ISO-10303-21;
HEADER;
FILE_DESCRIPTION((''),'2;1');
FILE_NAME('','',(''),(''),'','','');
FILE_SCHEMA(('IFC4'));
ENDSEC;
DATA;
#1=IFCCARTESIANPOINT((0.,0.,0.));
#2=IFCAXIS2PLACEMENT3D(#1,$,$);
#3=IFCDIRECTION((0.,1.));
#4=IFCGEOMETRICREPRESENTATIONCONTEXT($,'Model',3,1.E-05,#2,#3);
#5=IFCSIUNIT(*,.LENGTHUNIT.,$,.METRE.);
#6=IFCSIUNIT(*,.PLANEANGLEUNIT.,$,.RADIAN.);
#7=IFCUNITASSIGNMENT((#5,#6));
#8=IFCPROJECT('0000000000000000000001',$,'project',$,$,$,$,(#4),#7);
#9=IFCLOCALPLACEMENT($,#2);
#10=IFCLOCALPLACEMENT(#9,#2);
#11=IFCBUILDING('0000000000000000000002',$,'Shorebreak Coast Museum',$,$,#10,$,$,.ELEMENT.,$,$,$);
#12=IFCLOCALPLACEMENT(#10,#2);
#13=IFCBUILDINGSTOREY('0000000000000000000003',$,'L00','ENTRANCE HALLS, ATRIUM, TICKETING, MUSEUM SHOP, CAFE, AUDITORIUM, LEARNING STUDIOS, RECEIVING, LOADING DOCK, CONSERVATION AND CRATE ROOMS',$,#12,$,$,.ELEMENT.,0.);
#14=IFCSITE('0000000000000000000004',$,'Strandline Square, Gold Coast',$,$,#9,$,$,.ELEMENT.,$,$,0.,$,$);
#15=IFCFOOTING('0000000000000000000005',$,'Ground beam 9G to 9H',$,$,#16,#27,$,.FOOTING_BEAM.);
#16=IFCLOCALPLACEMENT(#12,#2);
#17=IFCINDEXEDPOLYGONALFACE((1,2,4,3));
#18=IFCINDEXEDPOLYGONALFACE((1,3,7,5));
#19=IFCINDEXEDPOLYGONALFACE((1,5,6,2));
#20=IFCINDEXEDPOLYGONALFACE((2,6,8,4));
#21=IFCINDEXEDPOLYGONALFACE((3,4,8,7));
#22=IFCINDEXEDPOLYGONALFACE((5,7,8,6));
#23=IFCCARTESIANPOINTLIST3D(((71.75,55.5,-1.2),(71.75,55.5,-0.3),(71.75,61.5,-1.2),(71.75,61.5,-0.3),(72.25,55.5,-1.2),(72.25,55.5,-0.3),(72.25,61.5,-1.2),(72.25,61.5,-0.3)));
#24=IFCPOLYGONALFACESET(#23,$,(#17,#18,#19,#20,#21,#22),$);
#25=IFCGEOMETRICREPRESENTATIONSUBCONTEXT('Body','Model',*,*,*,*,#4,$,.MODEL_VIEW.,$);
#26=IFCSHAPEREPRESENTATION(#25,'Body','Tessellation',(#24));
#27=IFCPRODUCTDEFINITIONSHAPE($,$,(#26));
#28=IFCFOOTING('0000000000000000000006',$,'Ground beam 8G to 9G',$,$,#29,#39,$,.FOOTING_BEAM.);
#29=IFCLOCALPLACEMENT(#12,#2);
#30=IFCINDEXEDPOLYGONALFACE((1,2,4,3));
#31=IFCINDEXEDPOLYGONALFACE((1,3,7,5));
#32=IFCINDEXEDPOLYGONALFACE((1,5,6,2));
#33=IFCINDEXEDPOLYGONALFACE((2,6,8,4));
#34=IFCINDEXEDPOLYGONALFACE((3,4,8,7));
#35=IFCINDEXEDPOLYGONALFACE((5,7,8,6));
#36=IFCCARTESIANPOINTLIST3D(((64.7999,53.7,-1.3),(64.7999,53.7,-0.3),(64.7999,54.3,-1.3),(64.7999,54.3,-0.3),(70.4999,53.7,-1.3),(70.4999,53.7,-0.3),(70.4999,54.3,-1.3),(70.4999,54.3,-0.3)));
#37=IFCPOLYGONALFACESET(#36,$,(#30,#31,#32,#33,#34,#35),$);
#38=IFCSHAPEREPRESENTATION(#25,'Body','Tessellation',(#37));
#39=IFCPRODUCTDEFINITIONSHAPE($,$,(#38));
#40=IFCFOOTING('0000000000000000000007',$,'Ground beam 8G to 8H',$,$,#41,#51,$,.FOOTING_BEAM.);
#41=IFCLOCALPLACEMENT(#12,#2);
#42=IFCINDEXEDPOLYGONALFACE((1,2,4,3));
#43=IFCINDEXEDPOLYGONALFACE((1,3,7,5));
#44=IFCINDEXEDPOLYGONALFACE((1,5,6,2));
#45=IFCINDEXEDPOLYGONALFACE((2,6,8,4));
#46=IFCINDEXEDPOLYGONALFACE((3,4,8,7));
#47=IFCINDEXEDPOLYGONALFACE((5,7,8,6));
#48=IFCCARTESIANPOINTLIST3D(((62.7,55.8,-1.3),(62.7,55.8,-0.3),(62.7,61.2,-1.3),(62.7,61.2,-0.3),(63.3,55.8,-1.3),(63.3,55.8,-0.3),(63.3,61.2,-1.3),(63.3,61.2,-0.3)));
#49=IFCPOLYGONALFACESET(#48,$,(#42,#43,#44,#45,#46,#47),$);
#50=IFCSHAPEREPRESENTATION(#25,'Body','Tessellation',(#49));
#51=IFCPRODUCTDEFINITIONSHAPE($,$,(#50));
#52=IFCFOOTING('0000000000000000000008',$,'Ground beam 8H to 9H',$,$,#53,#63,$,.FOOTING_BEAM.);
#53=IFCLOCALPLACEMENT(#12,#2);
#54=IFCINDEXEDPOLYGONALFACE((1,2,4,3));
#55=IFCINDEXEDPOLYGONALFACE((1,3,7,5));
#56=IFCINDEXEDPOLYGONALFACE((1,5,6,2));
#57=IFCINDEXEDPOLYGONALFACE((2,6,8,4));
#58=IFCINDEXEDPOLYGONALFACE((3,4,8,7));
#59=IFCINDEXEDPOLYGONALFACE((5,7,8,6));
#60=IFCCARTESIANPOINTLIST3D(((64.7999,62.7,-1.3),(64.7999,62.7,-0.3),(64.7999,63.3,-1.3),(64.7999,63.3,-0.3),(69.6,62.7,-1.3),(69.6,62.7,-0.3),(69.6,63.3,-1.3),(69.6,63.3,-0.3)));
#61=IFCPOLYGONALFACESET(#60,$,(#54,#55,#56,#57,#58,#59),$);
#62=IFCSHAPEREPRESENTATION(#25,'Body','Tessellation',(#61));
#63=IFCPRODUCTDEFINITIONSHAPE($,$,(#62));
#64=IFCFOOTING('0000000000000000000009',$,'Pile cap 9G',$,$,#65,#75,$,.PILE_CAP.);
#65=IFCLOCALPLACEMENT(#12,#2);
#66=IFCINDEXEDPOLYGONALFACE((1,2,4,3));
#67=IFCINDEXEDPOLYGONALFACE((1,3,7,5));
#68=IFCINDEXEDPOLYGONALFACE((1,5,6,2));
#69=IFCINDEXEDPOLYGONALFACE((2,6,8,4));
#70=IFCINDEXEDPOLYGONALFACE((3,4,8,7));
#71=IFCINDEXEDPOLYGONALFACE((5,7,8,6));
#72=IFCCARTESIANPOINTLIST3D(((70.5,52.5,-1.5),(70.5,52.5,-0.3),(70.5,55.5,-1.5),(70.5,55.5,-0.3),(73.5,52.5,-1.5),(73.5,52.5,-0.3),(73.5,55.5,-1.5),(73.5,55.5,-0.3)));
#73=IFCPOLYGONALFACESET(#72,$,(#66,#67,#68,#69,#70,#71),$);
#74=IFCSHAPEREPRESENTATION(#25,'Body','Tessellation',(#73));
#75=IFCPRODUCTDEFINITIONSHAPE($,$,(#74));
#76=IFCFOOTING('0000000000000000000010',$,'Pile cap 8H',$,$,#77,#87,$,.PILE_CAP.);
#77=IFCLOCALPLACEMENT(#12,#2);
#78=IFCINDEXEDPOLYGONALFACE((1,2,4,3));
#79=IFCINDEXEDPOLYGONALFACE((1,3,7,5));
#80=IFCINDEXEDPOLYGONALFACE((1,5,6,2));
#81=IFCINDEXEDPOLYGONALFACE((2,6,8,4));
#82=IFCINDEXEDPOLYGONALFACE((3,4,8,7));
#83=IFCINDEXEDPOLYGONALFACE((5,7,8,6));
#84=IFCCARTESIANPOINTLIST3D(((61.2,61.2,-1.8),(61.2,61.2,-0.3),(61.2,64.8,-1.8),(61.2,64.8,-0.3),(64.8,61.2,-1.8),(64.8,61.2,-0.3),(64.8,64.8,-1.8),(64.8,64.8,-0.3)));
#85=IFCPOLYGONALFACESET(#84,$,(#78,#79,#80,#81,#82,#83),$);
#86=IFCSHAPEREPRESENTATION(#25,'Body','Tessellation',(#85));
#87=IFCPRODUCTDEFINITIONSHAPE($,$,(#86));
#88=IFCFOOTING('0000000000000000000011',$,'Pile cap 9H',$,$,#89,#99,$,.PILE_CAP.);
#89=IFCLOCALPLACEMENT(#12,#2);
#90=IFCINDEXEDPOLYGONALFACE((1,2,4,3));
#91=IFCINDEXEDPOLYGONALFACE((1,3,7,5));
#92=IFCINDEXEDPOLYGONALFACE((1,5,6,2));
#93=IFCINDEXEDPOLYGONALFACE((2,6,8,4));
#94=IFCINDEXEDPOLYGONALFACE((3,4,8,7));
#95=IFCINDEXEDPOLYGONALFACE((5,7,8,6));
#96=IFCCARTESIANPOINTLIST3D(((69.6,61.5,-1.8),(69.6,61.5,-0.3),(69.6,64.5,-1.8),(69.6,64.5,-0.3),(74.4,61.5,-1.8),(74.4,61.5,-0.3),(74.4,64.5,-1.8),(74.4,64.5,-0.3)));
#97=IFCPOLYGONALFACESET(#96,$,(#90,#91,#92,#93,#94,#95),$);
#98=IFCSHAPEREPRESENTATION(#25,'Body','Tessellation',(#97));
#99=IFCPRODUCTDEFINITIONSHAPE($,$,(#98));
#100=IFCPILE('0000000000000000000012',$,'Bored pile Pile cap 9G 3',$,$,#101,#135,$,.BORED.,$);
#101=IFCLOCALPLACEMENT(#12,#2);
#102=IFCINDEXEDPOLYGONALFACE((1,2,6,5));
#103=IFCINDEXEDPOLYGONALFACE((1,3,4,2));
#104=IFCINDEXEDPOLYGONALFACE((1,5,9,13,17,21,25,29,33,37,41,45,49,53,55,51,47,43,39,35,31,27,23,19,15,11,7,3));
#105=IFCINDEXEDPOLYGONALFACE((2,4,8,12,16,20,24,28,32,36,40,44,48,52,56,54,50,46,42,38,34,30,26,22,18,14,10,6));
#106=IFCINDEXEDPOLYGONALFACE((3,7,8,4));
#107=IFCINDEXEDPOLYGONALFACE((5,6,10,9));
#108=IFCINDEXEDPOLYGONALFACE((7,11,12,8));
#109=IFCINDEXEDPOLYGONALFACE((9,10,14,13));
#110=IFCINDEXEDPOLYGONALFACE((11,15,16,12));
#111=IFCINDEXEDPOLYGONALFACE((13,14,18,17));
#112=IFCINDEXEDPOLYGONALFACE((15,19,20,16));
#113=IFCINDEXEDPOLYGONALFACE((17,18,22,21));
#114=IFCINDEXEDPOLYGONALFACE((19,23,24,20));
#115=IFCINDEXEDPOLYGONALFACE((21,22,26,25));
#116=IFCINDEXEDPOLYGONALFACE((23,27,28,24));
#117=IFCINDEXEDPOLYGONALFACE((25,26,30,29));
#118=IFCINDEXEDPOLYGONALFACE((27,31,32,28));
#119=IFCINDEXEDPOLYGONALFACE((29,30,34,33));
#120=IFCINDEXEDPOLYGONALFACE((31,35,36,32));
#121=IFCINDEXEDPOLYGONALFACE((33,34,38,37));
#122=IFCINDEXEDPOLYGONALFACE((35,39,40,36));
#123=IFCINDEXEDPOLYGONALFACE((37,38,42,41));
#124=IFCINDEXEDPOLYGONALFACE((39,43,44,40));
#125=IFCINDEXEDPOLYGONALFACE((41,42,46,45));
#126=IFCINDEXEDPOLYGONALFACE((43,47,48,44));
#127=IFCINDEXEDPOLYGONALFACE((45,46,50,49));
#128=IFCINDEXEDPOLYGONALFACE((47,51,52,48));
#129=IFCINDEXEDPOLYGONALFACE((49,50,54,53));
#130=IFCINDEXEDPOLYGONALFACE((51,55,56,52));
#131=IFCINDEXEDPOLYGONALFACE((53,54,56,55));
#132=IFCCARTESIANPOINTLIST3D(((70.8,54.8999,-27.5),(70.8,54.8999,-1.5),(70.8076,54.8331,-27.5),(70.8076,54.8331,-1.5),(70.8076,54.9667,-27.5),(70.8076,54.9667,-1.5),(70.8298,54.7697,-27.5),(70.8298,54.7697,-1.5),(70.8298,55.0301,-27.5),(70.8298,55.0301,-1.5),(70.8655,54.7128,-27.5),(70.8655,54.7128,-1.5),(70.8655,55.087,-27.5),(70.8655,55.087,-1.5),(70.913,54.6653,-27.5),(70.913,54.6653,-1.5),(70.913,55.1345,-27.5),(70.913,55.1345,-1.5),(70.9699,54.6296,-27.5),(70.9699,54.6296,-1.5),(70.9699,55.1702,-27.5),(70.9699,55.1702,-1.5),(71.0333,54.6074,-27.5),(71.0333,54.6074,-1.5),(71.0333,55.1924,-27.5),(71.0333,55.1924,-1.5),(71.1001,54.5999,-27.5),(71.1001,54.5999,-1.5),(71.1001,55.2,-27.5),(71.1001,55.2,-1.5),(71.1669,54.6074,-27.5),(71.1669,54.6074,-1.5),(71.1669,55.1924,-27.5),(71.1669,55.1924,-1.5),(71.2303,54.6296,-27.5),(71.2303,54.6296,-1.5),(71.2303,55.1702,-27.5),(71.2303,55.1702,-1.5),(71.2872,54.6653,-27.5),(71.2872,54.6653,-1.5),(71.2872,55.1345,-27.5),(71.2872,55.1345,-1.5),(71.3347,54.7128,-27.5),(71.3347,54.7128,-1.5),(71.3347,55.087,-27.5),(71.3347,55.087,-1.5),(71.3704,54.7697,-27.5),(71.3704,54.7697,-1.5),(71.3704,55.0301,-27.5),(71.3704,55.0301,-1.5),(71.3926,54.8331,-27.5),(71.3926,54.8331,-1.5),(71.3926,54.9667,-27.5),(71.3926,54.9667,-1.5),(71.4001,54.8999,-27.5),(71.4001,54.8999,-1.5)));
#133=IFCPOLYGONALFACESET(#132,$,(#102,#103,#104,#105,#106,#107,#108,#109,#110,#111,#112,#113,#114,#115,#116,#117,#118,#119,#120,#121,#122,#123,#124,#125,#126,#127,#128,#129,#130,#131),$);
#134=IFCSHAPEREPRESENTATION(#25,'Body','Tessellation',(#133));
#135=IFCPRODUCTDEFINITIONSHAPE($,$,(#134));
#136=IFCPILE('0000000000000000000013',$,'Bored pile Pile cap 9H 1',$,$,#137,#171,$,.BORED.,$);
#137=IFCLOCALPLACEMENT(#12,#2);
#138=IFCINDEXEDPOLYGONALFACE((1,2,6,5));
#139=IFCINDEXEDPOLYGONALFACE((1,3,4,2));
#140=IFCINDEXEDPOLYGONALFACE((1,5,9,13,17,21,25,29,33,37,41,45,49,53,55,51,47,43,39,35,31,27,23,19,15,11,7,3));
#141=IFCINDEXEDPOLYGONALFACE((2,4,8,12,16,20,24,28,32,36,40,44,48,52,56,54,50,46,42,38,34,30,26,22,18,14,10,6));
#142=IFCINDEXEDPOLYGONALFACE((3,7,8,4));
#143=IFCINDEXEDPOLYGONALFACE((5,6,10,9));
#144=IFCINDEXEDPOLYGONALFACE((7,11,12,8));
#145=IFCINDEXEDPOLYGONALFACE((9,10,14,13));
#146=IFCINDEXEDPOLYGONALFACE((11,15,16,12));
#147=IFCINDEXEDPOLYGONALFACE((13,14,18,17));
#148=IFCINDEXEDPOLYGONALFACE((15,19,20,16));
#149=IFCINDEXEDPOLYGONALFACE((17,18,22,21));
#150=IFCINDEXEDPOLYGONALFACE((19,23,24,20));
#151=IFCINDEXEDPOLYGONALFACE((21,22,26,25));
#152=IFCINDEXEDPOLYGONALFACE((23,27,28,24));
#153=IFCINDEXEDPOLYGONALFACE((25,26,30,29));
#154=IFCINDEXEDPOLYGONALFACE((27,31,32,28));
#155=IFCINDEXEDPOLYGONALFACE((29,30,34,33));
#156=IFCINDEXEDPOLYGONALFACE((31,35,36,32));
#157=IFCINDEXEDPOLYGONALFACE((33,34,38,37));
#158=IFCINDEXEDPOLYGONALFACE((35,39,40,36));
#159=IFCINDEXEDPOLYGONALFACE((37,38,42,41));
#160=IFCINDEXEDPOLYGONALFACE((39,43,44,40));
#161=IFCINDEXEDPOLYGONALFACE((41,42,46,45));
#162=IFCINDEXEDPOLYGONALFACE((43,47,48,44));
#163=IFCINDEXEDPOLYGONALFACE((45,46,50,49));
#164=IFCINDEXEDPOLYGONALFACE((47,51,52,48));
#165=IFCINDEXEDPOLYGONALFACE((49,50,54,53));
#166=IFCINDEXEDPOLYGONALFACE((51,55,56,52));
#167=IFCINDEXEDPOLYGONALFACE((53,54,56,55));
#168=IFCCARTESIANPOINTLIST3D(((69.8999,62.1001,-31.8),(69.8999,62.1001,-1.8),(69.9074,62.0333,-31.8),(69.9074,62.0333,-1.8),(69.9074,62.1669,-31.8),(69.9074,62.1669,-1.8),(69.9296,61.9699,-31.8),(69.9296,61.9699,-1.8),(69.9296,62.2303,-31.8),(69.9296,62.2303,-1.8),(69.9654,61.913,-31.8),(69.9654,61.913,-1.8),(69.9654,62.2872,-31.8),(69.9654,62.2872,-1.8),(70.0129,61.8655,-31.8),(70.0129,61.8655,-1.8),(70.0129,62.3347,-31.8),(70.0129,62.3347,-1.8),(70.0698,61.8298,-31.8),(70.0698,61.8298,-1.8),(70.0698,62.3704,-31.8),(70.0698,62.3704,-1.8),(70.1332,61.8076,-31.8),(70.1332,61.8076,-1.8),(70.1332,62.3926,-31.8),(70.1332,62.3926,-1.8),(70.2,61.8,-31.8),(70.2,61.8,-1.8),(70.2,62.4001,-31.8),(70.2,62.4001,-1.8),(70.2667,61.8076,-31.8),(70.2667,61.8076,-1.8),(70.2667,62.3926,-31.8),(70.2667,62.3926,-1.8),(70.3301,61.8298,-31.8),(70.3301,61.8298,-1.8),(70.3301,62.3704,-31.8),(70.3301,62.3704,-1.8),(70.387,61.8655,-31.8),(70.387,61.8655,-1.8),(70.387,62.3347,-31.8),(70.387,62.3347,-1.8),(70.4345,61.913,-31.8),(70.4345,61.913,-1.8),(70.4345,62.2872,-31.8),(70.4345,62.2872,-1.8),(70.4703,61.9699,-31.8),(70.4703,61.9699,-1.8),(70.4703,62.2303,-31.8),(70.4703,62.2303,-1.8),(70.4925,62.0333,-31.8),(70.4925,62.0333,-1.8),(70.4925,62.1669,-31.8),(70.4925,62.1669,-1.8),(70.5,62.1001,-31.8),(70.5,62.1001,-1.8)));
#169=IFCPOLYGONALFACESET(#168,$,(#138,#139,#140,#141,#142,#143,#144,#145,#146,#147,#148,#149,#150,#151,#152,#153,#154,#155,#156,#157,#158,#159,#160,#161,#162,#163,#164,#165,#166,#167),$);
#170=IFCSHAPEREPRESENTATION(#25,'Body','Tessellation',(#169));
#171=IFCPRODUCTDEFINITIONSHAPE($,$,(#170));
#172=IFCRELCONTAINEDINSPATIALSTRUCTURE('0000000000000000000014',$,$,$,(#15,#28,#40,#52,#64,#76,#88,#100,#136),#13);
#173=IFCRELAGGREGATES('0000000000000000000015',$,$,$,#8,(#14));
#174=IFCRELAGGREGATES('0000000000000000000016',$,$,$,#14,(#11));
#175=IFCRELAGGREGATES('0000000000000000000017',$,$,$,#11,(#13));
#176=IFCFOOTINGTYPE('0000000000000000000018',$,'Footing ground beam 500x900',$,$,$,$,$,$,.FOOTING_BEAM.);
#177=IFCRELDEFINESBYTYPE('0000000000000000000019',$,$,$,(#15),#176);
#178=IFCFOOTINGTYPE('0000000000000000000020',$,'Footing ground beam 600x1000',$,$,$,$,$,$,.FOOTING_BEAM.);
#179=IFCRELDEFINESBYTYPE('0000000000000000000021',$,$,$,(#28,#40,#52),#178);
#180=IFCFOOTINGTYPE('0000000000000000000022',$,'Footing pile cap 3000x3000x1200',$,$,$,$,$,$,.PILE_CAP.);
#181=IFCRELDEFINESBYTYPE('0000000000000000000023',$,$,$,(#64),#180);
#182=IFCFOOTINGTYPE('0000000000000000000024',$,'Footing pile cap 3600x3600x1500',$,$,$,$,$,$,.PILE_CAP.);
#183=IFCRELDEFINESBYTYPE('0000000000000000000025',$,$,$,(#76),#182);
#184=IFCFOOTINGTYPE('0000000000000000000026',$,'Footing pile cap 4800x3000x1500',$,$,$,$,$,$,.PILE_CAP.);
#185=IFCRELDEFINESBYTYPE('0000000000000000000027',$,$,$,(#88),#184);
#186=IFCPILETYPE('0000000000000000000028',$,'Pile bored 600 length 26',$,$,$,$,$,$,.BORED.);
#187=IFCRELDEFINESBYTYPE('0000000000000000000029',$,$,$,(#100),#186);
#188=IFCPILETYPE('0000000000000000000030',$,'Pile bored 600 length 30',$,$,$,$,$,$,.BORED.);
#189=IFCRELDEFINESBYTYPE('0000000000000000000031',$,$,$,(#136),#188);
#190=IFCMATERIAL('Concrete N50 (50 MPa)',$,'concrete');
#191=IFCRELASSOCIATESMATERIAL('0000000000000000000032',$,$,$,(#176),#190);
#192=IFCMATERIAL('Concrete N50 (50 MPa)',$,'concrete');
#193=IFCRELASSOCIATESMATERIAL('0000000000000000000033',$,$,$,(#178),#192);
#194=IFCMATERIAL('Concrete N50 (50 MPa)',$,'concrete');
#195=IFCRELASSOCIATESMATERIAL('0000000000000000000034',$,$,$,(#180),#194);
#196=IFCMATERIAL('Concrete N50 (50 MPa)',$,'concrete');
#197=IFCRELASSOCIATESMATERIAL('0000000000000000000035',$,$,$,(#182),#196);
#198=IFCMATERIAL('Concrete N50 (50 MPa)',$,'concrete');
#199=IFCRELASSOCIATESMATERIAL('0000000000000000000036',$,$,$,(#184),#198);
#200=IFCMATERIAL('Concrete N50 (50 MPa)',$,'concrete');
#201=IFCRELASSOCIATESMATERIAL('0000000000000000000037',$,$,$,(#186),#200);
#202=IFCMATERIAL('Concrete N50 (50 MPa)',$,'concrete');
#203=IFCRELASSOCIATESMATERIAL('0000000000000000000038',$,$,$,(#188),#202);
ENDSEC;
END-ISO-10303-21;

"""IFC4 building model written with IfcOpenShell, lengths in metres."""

from ifc_helpers import new_model, si_unit, direction, frame, origin, origin_2d, place, context, subcontext, project, spatial, rectangle, circle, extrude, material, material_profile, profile_set, type_object, element, save


model = new_model("IFC4")

# Units and contexts
model_context = context("Model", 3, precision=1e-05, world=origin(), true_north=direction((0.0, 1.0)))
body_context = subcontext(model_context, "Body", "Model", "MODEL_VIEW")
ifc_project = project(units=[si_unit("LENGTHUNIT", "METRE"), si_unit("PLANEANGLEUNIT", "RADIAN")], contexts=[model_context])

# Site, building, storey
site_placement = place(None, origin())
site = spatial("IfcSite", under=ifc_project, at=site_placement, Name="Strandline Square, Gold Coast", CompositionType="ELEMENT", RefElevation=0.0)
building_placement = place(site_placement, origin())
building = spatial("IfcBuilding", under=site, at=building_placement, Name="Shorebreak Coast Museum", CompositionType="ELEMENT")
storey_placement = place(building_placement, origin())
storey = spatial("IfcBuildingStorey", under=building, at=storey_placement, Name="L00", Description="ENTRANCE HALLS, ATRIUM, TICKETING, MUSEUM SHOP, CAFE, AUDITORIUM, LEARNING STUDIOS, RECEIVING, LOADING DOCK, CONSERVATION AND CRATE ROOMS", CompositionType="ELEMENT", Elevation=0.0)

# Footings
ifc_material_1 = material(Name="Concrete N50 (50 MPa)", Category="concrete")
footing_type_1 = type_object("IfcFootingType", Name="Footing ground beam 500x900", PredefinedType="FOOTING_BEAM", material=ifc_material_1)
footing_1_placement = place(storey_placement, frame((72.0, 58.5, -1.2), z_axis=(0.0, 0.0, 1.0), x_axis=(1.0, 0.0, 0.0)))
element("IfcFooting", 1, at=footing_1_placement, inside=storey, type_object=footing_type_1, Name="Ground beam 9G to 9H", PredefinedType="FOOTING_BEAM", context=body_context, shape_type="SweptSolid", body=[
    extrude(rectangle(XDim=0.5, YDim=6.0, at=origin_2d()), origin(), (0.0, 0.0, 1.0), 0.8999),
])
ifc_material_2 = material(Name="Concrete N50 (50 MPa)", Category="concrete")
footing_type_2 = type_object("IfcFootingType", Name="Footing ground beam 600x1000", PredefinedType="FOOTING_BEAM", material=ifc_material_2)
footing_2_placement = place(storey_placement, frame((67.6499, 54.0, -1.3), z_axis=(0.0, 0.0, 1.0), x_axis=(1.0, 0.0, 0.0)))
element("IfcFooting", 2, at=footing_2_placement, inside=storey, type_object=footing_type_2, Name="Ground beam 8G to 9G", PredefinedType="FOOTING_BEAM", context=body_context, shape_type="SweptSolid", body=[
    extrude(rectangle(XDim=5.7, YDim=0.6001, at=origin_2d()), origin(), (0.0, 0.0, 1.0), 1.0),
])
footing_3_placement = place(storey_placement, frame((63.0, 58.5, -1.3), z_axis=(0.0, 0.0, 1.0), x_axis=(1.0, 0.0, 0.0)))
element("IfcFooting", 3, at=footing_3_placement, inside=storey, type_object=footing_type_2, Name="Ground beam 8G to 8H", PredefinedType="FOOTING_BEAM", context=body_context, shape_type="SweptSolid", body=[
    extrude(rectangle(XDim=0.6001, YDim=5.3999, at=origin_2d()), origin(), (0.0, 0.0, 1.0), 1.0),
])
footing_4_placement = place(storey_placement, frame((67.2, 63.0, -1.3), z_axis=(0.0, 0.0, 1.0), x_axis=(1.0, 0.0, 0.0)))
element("IfcFooting", 4, at=footing_4_placement, inside=storey, type_object=footing_type_2, Name="Ground beam 8H to 9H", PredefinedType="FOOTING_BEAM", context=body_context, shape_type="SweptSolid", body=[
    extrude(rectangle(XDim=4.8, YDim=0.6001, at=origin_2d()), origin(), (0.0, 0.0, 1.0), 1.0),
])
ifc_material_3 = material(Name="Concrete N50 (50 MPa)", Category="concrete")
footing_type_3 = type_object("IfcFootingType", Name="Footing pile cap 3000x3000x1200", PredefinedType="PILE_CAP", material=ifc_material_3)
footing_5_placement = place(storey_placement, frame((72.0, 54.0, -1.5), z_axis=(0.0, 0.0, 1.0), x_axis=(1.0, 0.0, 0.0)))
element("IfcFooting", 5, at=footing_5_placement, inside=storey, type_object=footing_type_3, Name="Pile cap 9G", PredefinedType="PILE_CAP", context=body_context, shape_type="SweptSolid", body=[
    extrude(rectangle(XDim=3.0, YDim=3.0, at=origin_2d()), origin(), (0.0, 0.0, 1.0), 1.2),
])
ifc_material_4 = material(Name="Concrete N50 (50 MPa)", Category="concrete")
footing_type_4 = type_object("IfcFootingType", Name="Footing pile cap 3600x3600x1500", PredefinedType="PILE_CAP", material=ifc_material_4)
footing_6_placement = place(storey_placement, frame((63.0, 63.0, -1.8), z_axis=(0.0, 0.0, 1.0), x_axis=(1.0, 0.0, 0.0)))
element("IfcFooting", 6, at=footing_6_placement, inside=storey, type_object=footing_type_4, Name="Pile cap 8H", PredefinedType="PILE_CAP", context=body_context, shape_type="SweptSolid", body=[
    extrude(rectangle(XDim=3.6001, YDim=3.6001, at=origin_2d()), origin(), (0.0, 0.0, 1.0), 1.5),
])
ifc_material_5 = material(Name="Concrete N50 (50 MPa)", Category="concrete")
footing_type_5 = type_object("IfcFootingType", Name="Footing pile cap 4800x3000x1500", PredefinedType="PILE_CAP", material=ifc_material_5)
footing_7_placement = place(storey_placement, frame((72.0, 63.0, -1.8), z_axis=(0.0, 0.0, 1.0), x_axis=(1.0, 0.0, 0.0)))
element("IfcFooting", 7, at=footing_7_placement, inside=storey, type_object=footing_type_5, Name="Pile cap 9H", PredefinedType="PILE_CAP", context=body_context, shape_type="SweptSolid", body=[
    extrude(rectangle(XDim=4.8, YDim=3.0, at=origin_2d()), origin(), (0.0, 0.0, 1.0), 1.5),
])

# Piles
ifc_material_6 = material(Name="Concrete N50 (50 MPa)", Category="concrete")
ifc_material_profile_1 = material_profile(ifc_material_6, circle(Radius=0.3, at=origin_2d()), Name="Pile bored 600 length 26")
ifc_profile_set_1 = profile_set([ifc_material_profile_1], Name="Concrete N50 (50 MPa)")
pile_type_1 = type_object("IfcPileType", Name="Pile bored 600 length 26", PredefinedType="BORED", material=ifc_profile_set_1)
pile_placement = place(storey_placement, frame((71.1001, 54.8999, -1.5), z_axis=(0.0, 0.0, -1.0), x_axis=(1.0, 0.0, 0.0)))
element("IfcPile", 8, at=pile_placement, inside=storey, type_object=pile_type_1, Name="Bored pile Pile cap 9G 3", PredefinedType="BORED", context=body_context, shape_type="SweptSolid", body=[
    extrude(circle(Radius=0.3, at=origin_2d()), origin(), (0.0, 0.0, 1.0), 26.0),
])
ifc_material_7 = material(Name="Concrete N50 (50 MPa)", Category="concrete")
ifc_material_profile_2 = material_profile(ifc_material_7, circle(Radius=0.3, at=origin_2d()), Name="Pile bored 600 length 30")
ifc_profile_set_2 = profile_set([ifc_material_profile_2], Name="Concrete N50 (50 MPa)")
pile_type_2 = type_object("IfcPileType", Name="Pile bored 600 length 30", PredefinedType="BORED", material=ifc_profile_set_2)
for number, where, z_axis, x_axis, name in (
    (9, (70.2, 62.1001, -1.8), (0.0, 0.0, -1.0), (1.0, 0.0, 0.0), "Bored pile Pile cap 9H 1"),
):
    element("IfcPile", number, at=place(storey_placement, frame(where, z_axis=z_axis, x_axis=x_axis)), inside=storey, type_object=pile_type_2, Name=name, PredefinedType="BORED", context=body_context, shape_type="SweptSolid", body=[
        extrude(circle(Radius=0.3, at=origin_2d()), origin(), (0.0, 0.0, 1.0), 30.0),
    ])

save(model, "model.ifc")
